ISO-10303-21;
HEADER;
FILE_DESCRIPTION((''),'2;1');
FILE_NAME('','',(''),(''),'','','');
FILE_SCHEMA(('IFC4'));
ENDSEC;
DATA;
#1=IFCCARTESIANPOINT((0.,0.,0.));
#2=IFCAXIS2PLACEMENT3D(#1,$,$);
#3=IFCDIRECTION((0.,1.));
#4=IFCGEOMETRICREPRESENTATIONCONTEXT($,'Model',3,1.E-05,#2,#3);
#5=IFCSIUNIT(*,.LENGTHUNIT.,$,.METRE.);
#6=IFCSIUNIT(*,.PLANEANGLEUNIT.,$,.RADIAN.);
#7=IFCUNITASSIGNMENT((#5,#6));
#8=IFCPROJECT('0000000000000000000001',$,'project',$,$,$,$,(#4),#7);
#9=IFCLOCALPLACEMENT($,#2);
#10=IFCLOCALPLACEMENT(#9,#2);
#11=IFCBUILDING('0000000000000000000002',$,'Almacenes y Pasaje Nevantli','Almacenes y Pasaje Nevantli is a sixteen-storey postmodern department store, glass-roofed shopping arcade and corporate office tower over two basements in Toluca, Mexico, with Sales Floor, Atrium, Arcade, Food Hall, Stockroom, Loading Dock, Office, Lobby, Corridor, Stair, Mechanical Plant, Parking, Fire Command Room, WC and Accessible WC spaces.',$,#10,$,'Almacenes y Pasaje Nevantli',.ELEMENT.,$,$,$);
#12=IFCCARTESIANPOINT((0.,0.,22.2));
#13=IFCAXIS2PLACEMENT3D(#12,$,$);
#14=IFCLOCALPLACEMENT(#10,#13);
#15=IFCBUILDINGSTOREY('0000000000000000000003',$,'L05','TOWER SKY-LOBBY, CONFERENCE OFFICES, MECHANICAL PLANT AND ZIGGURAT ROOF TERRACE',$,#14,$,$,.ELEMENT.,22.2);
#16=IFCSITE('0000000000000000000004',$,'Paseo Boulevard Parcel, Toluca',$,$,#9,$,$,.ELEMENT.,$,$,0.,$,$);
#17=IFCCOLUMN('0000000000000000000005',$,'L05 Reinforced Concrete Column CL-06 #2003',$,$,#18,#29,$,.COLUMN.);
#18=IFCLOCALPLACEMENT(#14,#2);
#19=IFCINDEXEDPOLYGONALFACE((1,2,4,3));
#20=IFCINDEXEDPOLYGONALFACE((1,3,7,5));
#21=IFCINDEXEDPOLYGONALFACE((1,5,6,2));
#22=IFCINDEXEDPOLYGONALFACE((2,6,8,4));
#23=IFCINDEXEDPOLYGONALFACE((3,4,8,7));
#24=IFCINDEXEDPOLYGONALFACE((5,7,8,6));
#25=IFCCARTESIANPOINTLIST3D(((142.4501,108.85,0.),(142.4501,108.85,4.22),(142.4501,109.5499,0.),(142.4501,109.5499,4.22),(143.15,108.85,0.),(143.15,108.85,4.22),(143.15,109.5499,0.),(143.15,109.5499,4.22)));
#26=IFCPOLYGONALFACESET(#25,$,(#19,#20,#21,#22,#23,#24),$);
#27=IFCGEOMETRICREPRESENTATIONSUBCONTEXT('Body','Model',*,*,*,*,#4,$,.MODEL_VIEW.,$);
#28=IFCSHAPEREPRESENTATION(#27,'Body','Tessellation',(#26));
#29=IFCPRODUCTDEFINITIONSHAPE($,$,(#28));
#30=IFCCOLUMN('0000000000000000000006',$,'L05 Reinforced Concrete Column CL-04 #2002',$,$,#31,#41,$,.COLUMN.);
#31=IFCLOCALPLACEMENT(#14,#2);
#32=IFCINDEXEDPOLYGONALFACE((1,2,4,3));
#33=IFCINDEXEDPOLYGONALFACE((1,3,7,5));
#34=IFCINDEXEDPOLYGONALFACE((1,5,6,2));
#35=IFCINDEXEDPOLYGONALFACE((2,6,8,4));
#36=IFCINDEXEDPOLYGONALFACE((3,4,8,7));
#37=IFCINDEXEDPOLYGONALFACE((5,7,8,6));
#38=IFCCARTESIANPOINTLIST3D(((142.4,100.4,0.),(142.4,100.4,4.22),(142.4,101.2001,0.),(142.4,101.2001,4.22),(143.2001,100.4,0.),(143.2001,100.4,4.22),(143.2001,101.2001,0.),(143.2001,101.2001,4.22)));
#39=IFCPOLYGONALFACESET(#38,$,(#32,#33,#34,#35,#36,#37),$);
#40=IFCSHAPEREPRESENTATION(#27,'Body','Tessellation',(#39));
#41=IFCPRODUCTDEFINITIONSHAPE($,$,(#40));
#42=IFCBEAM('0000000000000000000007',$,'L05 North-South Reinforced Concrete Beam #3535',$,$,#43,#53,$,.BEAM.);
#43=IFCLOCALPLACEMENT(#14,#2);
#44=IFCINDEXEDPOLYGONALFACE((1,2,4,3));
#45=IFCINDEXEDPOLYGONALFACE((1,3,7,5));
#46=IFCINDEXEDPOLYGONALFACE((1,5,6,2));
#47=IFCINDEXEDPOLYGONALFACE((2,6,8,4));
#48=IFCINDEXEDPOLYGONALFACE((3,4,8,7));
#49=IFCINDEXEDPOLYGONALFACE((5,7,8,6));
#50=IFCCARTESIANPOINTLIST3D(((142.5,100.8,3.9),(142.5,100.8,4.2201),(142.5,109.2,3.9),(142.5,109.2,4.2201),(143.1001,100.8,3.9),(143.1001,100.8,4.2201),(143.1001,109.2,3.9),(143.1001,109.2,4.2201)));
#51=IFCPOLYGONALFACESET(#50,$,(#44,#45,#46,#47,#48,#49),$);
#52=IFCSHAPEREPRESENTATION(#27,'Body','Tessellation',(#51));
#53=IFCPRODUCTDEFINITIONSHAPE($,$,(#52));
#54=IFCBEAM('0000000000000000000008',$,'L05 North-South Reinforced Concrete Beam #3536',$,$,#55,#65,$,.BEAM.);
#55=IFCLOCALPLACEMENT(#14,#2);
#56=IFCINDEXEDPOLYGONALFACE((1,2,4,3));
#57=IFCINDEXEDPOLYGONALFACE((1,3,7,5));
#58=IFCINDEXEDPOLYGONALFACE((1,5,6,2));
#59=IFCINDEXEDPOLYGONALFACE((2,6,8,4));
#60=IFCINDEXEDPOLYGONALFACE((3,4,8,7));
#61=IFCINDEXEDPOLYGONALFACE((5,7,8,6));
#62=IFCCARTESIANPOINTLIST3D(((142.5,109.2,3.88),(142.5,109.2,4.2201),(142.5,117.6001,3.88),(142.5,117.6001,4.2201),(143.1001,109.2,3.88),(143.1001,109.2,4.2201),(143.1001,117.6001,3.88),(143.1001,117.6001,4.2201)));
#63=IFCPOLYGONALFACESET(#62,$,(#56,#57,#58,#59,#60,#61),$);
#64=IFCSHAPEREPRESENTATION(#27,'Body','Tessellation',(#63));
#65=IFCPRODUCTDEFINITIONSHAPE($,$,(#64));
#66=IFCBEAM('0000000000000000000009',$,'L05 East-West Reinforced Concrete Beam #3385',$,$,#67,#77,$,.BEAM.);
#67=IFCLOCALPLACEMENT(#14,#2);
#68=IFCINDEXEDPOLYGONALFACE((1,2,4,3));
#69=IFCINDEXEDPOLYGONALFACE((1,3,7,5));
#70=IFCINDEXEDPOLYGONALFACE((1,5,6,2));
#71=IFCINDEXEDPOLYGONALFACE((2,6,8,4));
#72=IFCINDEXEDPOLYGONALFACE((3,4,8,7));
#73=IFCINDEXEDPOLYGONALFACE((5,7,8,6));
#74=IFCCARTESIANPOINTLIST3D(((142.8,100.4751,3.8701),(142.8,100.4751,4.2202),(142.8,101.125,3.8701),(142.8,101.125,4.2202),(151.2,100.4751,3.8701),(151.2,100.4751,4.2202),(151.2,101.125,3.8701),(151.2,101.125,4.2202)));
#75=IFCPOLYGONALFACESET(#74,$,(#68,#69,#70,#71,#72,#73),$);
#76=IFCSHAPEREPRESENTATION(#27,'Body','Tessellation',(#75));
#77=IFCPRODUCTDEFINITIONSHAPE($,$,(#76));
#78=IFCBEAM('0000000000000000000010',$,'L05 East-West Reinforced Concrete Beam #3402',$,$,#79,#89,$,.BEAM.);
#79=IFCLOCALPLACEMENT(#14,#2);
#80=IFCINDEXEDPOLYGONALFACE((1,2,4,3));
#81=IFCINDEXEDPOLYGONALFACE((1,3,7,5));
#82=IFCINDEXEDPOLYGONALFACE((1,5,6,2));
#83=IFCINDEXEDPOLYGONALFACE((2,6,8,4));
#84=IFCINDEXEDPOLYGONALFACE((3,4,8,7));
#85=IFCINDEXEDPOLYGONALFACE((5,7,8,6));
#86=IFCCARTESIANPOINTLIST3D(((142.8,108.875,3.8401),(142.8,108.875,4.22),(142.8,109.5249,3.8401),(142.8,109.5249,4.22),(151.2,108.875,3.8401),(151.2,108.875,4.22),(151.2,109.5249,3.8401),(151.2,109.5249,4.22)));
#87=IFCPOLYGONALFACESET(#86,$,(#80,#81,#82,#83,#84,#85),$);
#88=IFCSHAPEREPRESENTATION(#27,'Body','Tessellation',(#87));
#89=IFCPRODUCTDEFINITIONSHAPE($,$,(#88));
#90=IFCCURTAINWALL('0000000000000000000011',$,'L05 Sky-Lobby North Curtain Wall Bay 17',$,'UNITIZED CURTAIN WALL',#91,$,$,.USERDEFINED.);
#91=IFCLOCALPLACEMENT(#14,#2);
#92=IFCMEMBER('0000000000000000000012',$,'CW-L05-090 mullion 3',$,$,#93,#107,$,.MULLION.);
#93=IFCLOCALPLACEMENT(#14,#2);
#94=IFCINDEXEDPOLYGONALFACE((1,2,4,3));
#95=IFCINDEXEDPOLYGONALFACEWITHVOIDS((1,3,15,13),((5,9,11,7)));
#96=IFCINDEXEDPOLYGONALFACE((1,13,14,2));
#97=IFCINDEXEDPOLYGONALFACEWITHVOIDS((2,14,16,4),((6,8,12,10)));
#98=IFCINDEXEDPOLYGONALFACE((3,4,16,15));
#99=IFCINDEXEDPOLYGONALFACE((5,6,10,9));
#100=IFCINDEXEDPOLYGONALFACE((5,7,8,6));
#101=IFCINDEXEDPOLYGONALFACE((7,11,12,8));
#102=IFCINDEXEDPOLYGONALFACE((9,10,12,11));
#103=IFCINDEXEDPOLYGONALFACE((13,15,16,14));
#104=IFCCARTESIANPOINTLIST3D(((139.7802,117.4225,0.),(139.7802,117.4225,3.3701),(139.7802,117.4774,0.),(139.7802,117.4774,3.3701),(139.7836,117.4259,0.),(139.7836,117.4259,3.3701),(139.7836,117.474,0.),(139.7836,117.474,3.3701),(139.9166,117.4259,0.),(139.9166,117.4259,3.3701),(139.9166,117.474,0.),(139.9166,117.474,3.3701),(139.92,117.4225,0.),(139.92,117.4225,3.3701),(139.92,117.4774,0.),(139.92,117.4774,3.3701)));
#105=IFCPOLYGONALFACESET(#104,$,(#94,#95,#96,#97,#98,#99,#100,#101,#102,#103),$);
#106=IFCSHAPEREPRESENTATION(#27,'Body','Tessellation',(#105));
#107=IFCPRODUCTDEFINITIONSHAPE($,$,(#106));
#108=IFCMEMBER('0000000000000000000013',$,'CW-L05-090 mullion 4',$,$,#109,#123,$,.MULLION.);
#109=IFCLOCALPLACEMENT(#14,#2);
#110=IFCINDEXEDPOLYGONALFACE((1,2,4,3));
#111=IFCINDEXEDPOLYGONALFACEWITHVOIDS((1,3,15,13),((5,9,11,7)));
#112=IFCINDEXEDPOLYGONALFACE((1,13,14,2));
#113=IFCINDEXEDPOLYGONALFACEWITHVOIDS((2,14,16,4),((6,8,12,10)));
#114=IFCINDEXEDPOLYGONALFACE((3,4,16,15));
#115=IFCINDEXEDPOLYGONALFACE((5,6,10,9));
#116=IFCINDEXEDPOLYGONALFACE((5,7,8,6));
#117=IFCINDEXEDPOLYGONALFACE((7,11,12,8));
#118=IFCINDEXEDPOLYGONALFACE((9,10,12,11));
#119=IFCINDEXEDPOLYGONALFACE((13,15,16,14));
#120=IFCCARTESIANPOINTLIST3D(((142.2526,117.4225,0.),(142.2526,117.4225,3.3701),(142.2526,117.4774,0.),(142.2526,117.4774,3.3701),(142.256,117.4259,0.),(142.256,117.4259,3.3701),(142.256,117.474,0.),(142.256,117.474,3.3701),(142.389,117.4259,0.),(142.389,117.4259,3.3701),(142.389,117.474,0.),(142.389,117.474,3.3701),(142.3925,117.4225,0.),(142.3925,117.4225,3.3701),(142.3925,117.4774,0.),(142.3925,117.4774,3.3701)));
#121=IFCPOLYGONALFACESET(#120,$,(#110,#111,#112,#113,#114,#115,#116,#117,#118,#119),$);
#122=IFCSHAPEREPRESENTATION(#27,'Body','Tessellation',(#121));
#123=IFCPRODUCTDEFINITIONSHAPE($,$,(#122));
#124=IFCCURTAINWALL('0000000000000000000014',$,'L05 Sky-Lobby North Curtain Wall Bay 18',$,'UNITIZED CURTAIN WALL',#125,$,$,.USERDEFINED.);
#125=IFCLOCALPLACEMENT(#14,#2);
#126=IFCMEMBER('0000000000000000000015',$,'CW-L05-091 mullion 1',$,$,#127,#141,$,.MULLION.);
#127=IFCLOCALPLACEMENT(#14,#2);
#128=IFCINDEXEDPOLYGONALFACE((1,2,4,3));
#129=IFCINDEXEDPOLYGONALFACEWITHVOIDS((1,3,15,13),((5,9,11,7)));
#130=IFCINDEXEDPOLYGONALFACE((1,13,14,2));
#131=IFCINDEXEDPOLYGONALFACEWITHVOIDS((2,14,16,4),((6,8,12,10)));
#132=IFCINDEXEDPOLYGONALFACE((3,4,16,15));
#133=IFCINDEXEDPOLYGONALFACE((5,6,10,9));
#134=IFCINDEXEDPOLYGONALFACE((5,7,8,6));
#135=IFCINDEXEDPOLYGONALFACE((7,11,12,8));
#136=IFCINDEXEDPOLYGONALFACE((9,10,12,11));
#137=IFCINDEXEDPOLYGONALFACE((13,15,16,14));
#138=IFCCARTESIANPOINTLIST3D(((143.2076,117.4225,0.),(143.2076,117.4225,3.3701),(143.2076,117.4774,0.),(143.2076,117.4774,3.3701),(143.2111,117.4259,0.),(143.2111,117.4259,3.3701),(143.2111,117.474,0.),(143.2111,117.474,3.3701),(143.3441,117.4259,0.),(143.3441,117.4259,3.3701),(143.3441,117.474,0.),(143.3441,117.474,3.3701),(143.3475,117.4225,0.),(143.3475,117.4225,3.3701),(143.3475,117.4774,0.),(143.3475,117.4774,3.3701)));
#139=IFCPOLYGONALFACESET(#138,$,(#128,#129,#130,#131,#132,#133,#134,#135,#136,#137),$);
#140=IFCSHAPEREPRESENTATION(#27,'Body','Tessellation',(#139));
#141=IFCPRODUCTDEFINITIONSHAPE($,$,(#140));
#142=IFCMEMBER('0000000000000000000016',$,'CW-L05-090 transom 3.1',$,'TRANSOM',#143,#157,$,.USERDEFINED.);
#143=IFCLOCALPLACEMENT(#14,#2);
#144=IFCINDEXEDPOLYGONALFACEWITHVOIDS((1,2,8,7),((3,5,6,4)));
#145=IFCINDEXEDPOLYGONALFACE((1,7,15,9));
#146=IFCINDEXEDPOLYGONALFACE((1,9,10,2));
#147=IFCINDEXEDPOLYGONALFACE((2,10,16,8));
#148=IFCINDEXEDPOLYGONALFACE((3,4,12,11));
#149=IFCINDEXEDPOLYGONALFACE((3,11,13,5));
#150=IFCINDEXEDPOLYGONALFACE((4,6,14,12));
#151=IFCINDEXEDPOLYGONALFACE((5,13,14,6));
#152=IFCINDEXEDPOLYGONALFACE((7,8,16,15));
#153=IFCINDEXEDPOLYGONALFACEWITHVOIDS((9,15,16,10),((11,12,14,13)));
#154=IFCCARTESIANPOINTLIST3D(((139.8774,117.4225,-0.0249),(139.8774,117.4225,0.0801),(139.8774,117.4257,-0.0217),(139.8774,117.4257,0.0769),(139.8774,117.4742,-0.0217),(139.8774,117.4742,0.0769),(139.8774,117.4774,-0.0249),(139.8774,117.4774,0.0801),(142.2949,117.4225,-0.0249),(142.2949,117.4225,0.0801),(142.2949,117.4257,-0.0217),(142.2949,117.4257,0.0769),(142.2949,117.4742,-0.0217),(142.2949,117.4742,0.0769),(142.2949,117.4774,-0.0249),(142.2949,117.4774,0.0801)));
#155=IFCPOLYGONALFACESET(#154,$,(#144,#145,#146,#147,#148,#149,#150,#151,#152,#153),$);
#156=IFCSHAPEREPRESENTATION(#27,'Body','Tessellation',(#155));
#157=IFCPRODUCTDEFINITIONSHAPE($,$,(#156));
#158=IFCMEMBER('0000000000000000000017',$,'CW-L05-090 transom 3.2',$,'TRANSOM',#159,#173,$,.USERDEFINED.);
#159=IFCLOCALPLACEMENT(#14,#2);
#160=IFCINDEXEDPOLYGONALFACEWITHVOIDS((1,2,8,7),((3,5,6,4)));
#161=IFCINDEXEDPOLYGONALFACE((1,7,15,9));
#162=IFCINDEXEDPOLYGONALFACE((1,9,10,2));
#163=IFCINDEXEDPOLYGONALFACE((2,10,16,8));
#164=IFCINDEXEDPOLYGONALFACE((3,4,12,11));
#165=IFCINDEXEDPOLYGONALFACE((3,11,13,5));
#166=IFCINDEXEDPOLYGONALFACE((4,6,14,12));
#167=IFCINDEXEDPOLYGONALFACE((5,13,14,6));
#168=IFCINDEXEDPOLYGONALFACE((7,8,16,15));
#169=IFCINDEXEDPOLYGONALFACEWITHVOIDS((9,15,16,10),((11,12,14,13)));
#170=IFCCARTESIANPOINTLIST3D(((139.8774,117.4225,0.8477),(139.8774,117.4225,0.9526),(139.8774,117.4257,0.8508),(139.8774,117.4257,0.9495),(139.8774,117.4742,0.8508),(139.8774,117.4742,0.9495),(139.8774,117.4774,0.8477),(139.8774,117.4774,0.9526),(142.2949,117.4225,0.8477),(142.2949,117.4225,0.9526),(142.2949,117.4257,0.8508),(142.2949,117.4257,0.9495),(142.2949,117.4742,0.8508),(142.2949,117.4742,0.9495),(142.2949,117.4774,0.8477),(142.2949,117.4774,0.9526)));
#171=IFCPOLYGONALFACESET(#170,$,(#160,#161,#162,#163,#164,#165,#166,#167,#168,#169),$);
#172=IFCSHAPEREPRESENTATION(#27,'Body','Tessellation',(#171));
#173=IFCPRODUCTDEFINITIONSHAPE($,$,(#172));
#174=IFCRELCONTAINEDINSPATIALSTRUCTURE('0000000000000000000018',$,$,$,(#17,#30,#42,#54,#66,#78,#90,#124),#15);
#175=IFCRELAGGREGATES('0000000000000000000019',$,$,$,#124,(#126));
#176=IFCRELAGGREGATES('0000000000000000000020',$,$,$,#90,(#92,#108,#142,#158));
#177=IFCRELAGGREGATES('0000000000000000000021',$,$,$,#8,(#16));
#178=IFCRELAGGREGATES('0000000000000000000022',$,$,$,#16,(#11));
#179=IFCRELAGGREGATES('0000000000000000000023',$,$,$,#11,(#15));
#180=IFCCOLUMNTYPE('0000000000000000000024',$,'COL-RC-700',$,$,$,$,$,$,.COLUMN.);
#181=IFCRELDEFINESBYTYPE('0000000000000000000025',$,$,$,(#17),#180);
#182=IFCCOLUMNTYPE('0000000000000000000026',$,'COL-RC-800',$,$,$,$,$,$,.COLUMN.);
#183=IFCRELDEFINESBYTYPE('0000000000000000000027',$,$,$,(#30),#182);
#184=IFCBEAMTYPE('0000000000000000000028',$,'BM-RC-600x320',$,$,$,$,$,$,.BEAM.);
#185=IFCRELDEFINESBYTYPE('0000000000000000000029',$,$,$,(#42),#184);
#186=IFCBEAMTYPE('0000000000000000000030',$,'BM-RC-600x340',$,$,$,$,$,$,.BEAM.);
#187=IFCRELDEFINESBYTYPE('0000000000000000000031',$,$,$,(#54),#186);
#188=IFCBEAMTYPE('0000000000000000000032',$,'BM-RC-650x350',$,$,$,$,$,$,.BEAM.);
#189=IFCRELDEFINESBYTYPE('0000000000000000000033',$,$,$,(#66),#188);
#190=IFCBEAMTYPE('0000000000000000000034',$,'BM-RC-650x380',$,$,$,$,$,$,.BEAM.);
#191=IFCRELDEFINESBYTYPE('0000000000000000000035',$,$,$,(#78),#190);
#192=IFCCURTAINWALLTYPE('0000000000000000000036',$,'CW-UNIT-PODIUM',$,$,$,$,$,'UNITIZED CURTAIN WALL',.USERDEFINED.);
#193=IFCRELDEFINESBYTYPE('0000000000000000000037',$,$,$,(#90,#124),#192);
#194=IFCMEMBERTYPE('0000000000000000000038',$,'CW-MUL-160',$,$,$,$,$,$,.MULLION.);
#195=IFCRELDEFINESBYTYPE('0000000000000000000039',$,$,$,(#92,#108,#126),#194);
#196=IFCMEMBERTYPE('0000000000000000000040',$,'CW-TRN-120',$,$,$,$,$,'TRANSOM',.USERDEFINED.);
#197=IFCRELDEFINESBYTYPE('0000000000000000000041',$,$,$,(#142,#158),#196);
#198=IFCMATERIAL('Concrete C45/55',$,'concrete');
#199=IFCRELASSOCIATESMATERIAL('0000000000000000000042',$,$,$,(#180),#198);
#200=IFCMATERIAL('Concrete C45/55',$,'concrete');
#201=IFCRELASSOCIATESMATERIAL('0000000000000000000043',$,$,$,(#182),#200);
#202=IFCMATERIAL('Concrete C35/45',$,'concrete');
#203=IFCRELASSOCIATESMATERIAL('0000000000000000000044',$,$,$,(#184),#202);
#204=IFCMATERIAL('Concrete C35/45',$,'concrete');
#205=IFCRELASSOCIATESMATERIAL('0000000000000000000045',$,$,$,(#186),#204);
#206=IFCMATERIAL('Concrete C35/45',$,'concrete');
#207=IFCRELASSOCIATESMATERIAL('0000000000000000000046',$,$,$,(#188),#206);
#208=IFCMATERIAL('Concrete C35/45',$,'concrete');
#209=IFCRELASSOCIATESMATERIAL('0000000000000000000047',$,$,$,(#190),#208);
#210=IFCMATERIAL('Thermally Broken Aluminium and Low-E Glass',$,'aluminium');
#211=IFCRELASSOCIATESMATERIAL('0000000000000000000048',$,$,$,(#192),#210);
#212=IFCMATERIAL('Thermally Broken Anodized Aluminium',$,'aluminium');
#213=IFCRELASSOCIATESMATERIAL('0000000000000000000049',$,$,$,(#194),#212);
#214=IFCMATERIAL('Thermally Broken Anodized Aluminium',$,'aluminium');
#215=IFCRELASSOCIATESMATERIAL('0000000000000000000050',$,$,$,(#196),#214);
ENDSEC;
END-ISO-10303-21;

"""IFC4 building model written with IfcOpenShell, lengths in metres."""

from ifc_helpers import new_model, si_unit, direction, frame, origin, origin_2d, place, context, subcontext, project, spatial, rectangle, hollow_rectangle, extrude, material, material_profile, profile_set, type_object, element, aggregate, save


model = new_model("IFC4")

# Units and contexts
model_context = context("Model", 3, precision=1e-05, world=origin(), true_north=direction((0.0, 1.0)))
body_context = subcontext(model_context, "Body", "Model", "MODEL_VIEW")
ifc_project = project(units=[si_unit("LENGTHUNIT", "METRE"), si_unit("PLANEANGLEUNIT", "RADIAN")], contexts=[model_context])

# Site, building, storey
site_placement = place(None, origin())
site = spatial("IfcSite", under=ifc_project, at=site_placement, Name="Paseo Boulevard Parcel, Toluca", CompositionType="ELEMENT", RefElevation=0.0)
building_placement = place(site_placement, origin())
building = spatial("IfcBuilding", under=site, at=building_placement, Name="Almacenes y Pasaje Nevantli", Description="Almacenes y Pasaje Nevantli is a sixteen-storey postmodern department store, glass-roofed shopping arcade and corporate office tower over two basements in Toluca, Mexico, with Sales Floor, Atrium, Arcade, Food Hall, Stockroom, Loading Dock, Office, Lobby, Corridor, Stair, Mechanical Plant, Parking, Fire Command Room, WC and Accessible WC spaces.", LongName="Almacenes y Pasaje Nevantli", CompositionType="ELEMENT")
storey_placement = place(building_placement, frame((0.0, 0.0, 22.2)))
storey = spatial("IfcBuildingStorey", under=building, at=storey_placement, Name="L05", Description="TOWER SKY-LOBBY, CONFERENCE OFFICES, MECHANICAL PLANT AND ZIGGURAT ROOF TERRACE", CompositionType="ELEMENT", Elevation=22.2)

# Columns
ifc_material_1 = material(Name="Concrete C45/55", Category="concrete")
ifc_material_profile_1 = material_profile(ifc_material_1, rectangle(XDim=0.7, YDim=0.7, at=origin_2d()), Name="RC-COL-700x700")
ifc_profile_set_1 = profile_set([ifc_material_profile_1], Name="Concrete C45/55")
column_type_1 = type_object("IfcColumnType", Name="COL-RC-700", PredefinedType="COLUMN", material=ifc_profile_set_1)
column_1_placement = place(storey_placement, frame((142.8, 109.2, 0.0), z_axis=(0.0, 0.0, 1.0), x_axis=(1.0, 0.0, 0.0)))
element("IfcColumn", 1, at=column_1_placement, inside=storey, type_object=column_type_1, Name="L05 Reinforced Concrete Column CL-06 #2003", PredefinedType="COLUMN", context=body_context, shape_type="SweptSolid", body=[
    extrude(rectangle(XDim=0.7, YDim=0.7, at=origin_2d()), origin(), (0.0, 0.0, 1.0), 4.22),
])
ifc_material_2 = material(Name="Concrete C45/55", Category="concrete")
ifc_material_profile_2 = material_profile(ifc_material_2, rectangle(XDim=0.8, YDim=0.8, at=origin_2d()), Name="RC-COL-800x800")
ifc_profile_set_2 = profile_set([ifc_material_profile_2], Name="Concrete C45/55")
column_type_2 = type_object("IfcColumnType", Name="COL-RC-800", PredefinedType="COLUMN", material=ifc_profile_set_2)
column_2_placement = place(storey_placement, frame((142.8, 100.8, 0.0), z_axis=(0.0, 0.0, 1.0), x_axis=(1.0, 0.0, 0.0)))
element("IfcColumn", 2, at=column_2_placement, inside=storey, type_object=column_type_2, Name="L05 Reinforced Concrete Column CL-04 #2002", PredefinedType="COLUMN", context=body_context, shape_type="SweptSolid", body=[
    extrude(rectangle(XDim=0.8, YDim=0.8, at=origin_2d()), origin(), (0.0, 0.0, 1.0), 4.22),
])

# Beams
ifc_material_3 = material(Name="Concrete C35/45", Category="concrete")
ifc_material_profile_3 = material_profile(ifc_material_3, rectangle(XDim=0.6001, YDim=0.3201, at=origin_2d()), Name="RC-BM-600x320")
ifc_profile_set_3 = profile_set([ifc_material_profile_3], Name="Concrete C35/45")
beam_type_1 = type_object("IfcBeamType", Name="BM-RC-600x320", PredefinedType="BEAM", material=ifc_profile_set_3)
beam_1_placement = place(storey_placement, frame((142.8, 100.8, 4.0601), z_axis=(0.0, 1.0, 0.0), x_axis=(-1.0, 0.0, 0.0)))
element("IfcBeam", 3, at=beam_1_placement, inside=storey, type_object=beam_type_1, Name="L05 North-South Reinforced Concrete Beam #3535", PredefinedType="BEAM", context=body_context, shape_type="SweptSolid", body=[
    extrude(rectangle(XDim=0.6001, YDim=0.3201, at=origin_2d()), origin(), (0.0, 0.0, 1.0), 8.3999),
])
ifc_material_4 = material(Name="Concrete C35/45", Category="concrete")
ifc_material_profile_4 = material_profile(ifc_material_4, rectangle(XDim=0.6001, YDim=0.3401, at=origin_2d()), Name="RC-BM-600x340")
ifc_profile_set_4 = profile_set([ifc_material_profile_4], Name="Concrete C35/45")
beam_type_2 = type_object("IfcBeamType", Name="BM-RC-600x340", PredefinedType="BEAM", material=ifc_profile_set_4)
beam_2_placement = place(storey_placement, frame((142.8, 109.2, 4.05), z_axis=(0.0, 1.0, 0.0), x_axis=(-1.0, 0.0, 0.0)))
element("IfcBeam", 4, at=beam_2_placement, inside=storey, type_object=beam_type_2, Name="L05 North-South Reinforced Concrete Beam #3536", PredefinedType="BEAM", context=body_context, shape_type="SweptSolid", body=[
    extrude(rectangle(XDim=0.6001, YDim=0.3401, at=origin_2d()), origin(), (0.0, 0.0, 1.0), 8.4001),
])
ifc_material_5 = material(Name="Concrete C35/45", Category="concrete")
ifc_material_profile_5 = material_profile(ifc_material_5, rectangle(XDim=0.6499, YDim=0.3501, at=origin_2d()), Name="RC-BM-650x350")
ifc_profile_set_5 = profile_set([ifc_material_profile_5], Name="Concrete C35/45")
beam_type_3 = type_object("IfcBeamType", Name="BM-RC-650x350", PredefinedType="BEAM", material=ifc_profile_set_5)
beam_3_placement = place(storey_placement, frame((142.8, 100.8, 4.0452), z_axis=(1.0, 0.0, 0.0), x_axis=(0.0, 1.0, 0.0)))
element("IfcBeam", 5, at=beam_3_placement, inside=storey, type_object=beam_type_3, Name="L05 East-West Reinforced Concrete Beam #3385", PredefinedType="BEAM", context=body_context, shape_type="SweptSolid", body=[
    extrude(rectangle(XDim=0.6499, YDim=0.3501, at=origin_2d()), origin(), (0.0, 0.0, 1.0), 8.3999),
])
ifc_material_6 = material(Name="Concrete C35/45", Category="concrete")
ifc_material_profile_6 = material_profile(ifc_material_6, rectangle(XDim=0.6499, YDim=0.3799, at=origin_2d()), Name="RC-BM-650x380")
ifc_profile_set_6 = profile_set([ifc_material_profile_6], Name="Concrete C35/45")
beam_type_4 = type_object("IfcBeamType", Name="BM-RC-650x380", PredefinedType="BEAM", material=ifc_profile_set_6)
beam_4_placement = place(storey_placement, frame((142.8, 109.2, 4.03), z_axis=(1.0, 0.0, 0.0), x_axis=(0.0, 1.0, 0.0)))
element("IfcBeam", 6, at=beam_4_placement, inside=storey, type_object=beam_type_4, Name="L05 East-West Reinforced Concrete Beam #3402", PredefinedType="BEAM", context=body_context, shape_type="SweptSolid", body=[
    extrude(rectangle(XDim=0.6499, YDim=0.3799, at=origin_2d()), origin(), (0.0, 0.0, 1.0), 8.3999),
])

# Curtain wall, members
ifc_material_7 = material(Name="Thermally Broken Aluminium and Low-E Glass", Category="aluminium")
curtain_wall_type = type_object("IfcCurtainWallType", Name="CW-UNIT-PODIUM", ElementType="UNITIZED CURTAIN WALL", PredefinedType="USERDEFINED", material=ifc_material_7)
curtain_wall_1_placement = place(storey_placement, origin())
curtain_wall_1 = element("IfcCurtainWall", 7, at=curtain_wall_1_placement, inside=storey, type_object=curtain_wall_type, Name="L05 Sky-Lobby North Curtain Wall Bay 17", ObjectType="UNITIZED CURTAIN WALL", PredefinedType="USERDEFINED")
ifc_material_8 = material(Name="Thermally Broken Anodized Aluminium", Category="aluminium")
ifc_material_profile_7 = material_profile(ifc_material_8, hollow_rectangle(XDim=0.0549, YDim=0.1399, WallThickness=0.0034, at=origin_2d()), Name="ALU-MUL-55x140")
ifc_profile_set_7 = profile_set([ifc_material_profile_7], Name="Thermally Broken Anodized Aluminium")
member_type_1 = type_object("IfcMemberType", Name="CW-MUL-160", PredefinedType="MULLION", material=ifc_profile_set_7)
member_1_placement = place(storey_placement, frame((139.8501, 117.45, 0.0), z_axis=(0.0, 0.0, 1.0), x_axis=(0.0, 1.0, 0.0)))
member_1 = element("IfcMember", 8, at=member_1_placement, type_object=member_type_1, Name="CW-L05-090 mullion 3", PredefinedType="MULLION", context=body_context, shape_type="SweptSolid", body=[
    extrude(hollow_rectangle(XDim=0.0549, YDim=0.1399, WallThickness=0.0034, at=origin_2d()), origin(), (0.0, 0.0, 1.0), 3.3701),
])
member_2_placement = place(storey_placement, frame((142.3225, 117.45, 0.0), z_axis=(0.0, 0.0, 1.0), x_axis=(0.0, 1.0, 0.0)))
member_2 = element("IfcMember", 9, at=member_2_placement, type_object=member_type_1, Name="CW-L05-090 mullion 4", PredefinedType="MULLION", context=body_context, shape_type="SweptSolid", body=[
    extrude(hollow_rectangle(XDim=0.0549, YDim=0.1399, WallThickness=0.0034, at=origin_2d()), origin(), (0.0, 0.0, 1.0), 3.3701),
])

# Curtain wall, member
curtain_wall_2_placement = place(storey_placement, origin())
curtain_wall_2 = element("IfcCurtainWall", 10, at=curtain_wall_2_placement, inside=storey, type_object=curtain_wall_type, Name="L05 Sky-Lobby North Curtain Wall Bay 18", ObjectType="UNITIZED CURTAIN WALL", PredefinedType="USERDEFINED")
member_3_placement = place(storey_placement, frame((143.2776, 117.45, 0.0), z_axis=(0.0, 0.0, 1.0), x_axis=(0.0, 1.0, 0.0)))
member_3 = element("IfcMember", 11, at=member_3_placement, type_object=member_type_1, Name="CW-L05-091 mullion 1", PredefinedType="MULLION", context=body_context, shape_type="SweptSolid", body=[
    extrude(hollow_rectangle(XDim=0.0549, YDim=0.1399, WallThickness=0.0034, at=origin_2d()), origin(), (0.0, 0.0, 1.0), 3.3701),
])
aggregate(curtain_wall_2, [member_3])

# Members
ifc_material_9 = material(Name="Thermally Broken Anodized Aluminium", Category="aluminium")
ifc_material_profile_8 = material_profile(ifc_material_9, hollow_rectangle(XDim=0.0549, YDim=0.105, WallThickness=0.0032, at=origin_2d()), Name="ALU-TRN-55x105")
ifc_profile_set_8 = profile_set([ifc_material_profile_8], Name="Thermally Broken Anodized Aluminium")
member_type_2 = type_object("IfcMemberType", Name="CW-TRN-120", ElementType="TRANSOM", PredefinedType="USERDEFINED", material=ifc_profile_set_8)
member_4_placement = place(storey_placement, frame((139.8774, 117.45, 0.0276), z_axis=(1.0, 0.0, 0.0), x_axis=(0.0, 1.0, 0.0)))
member_4 = element("IfcMember", 12, at=member_4_placement, type_object=member_type_2, Name="CW-L05-090 transom 3.1", ObjectType="TRANSOM", PredefinedType="USERDEFINED", context=body_context, shape_type="SweptSolid", body=[
    extrude(hollow_rectangle(XDim=0.0549, YDim=0.105, WallThickness=0.0032, at=origin_2d()), origin(), (0.0, 0.0, 1.0), 2.4175),
])
member_5_placement = place(storey_placement, frame((139.8774, 117.45, 0.9001), z_axis=(1.0, 0.0, 0.0), x_axis=(0.0, 1.0, 0.0)))
member_5 = element("IfcMember", 13, at=member_5_placement, type_object=member_type_2, Name="CW-L05-090 transom 3.2", ObjectType="TRANSOM", PredefinedType="USERDEFINED", context=body_context, shape_type="SweptSolid", body=[
    extrude(hollow_rectangle(XDim=0.0549, YDim=0.105, WallThickness=0.0032, at=origin_2d()), origin(), (0.0, 0.0, 1.0), 2.4175),
])

aggregate(curtain_wall_1, [member_1, member_2, member_4, member_5])

save(model, "model.ifc")
